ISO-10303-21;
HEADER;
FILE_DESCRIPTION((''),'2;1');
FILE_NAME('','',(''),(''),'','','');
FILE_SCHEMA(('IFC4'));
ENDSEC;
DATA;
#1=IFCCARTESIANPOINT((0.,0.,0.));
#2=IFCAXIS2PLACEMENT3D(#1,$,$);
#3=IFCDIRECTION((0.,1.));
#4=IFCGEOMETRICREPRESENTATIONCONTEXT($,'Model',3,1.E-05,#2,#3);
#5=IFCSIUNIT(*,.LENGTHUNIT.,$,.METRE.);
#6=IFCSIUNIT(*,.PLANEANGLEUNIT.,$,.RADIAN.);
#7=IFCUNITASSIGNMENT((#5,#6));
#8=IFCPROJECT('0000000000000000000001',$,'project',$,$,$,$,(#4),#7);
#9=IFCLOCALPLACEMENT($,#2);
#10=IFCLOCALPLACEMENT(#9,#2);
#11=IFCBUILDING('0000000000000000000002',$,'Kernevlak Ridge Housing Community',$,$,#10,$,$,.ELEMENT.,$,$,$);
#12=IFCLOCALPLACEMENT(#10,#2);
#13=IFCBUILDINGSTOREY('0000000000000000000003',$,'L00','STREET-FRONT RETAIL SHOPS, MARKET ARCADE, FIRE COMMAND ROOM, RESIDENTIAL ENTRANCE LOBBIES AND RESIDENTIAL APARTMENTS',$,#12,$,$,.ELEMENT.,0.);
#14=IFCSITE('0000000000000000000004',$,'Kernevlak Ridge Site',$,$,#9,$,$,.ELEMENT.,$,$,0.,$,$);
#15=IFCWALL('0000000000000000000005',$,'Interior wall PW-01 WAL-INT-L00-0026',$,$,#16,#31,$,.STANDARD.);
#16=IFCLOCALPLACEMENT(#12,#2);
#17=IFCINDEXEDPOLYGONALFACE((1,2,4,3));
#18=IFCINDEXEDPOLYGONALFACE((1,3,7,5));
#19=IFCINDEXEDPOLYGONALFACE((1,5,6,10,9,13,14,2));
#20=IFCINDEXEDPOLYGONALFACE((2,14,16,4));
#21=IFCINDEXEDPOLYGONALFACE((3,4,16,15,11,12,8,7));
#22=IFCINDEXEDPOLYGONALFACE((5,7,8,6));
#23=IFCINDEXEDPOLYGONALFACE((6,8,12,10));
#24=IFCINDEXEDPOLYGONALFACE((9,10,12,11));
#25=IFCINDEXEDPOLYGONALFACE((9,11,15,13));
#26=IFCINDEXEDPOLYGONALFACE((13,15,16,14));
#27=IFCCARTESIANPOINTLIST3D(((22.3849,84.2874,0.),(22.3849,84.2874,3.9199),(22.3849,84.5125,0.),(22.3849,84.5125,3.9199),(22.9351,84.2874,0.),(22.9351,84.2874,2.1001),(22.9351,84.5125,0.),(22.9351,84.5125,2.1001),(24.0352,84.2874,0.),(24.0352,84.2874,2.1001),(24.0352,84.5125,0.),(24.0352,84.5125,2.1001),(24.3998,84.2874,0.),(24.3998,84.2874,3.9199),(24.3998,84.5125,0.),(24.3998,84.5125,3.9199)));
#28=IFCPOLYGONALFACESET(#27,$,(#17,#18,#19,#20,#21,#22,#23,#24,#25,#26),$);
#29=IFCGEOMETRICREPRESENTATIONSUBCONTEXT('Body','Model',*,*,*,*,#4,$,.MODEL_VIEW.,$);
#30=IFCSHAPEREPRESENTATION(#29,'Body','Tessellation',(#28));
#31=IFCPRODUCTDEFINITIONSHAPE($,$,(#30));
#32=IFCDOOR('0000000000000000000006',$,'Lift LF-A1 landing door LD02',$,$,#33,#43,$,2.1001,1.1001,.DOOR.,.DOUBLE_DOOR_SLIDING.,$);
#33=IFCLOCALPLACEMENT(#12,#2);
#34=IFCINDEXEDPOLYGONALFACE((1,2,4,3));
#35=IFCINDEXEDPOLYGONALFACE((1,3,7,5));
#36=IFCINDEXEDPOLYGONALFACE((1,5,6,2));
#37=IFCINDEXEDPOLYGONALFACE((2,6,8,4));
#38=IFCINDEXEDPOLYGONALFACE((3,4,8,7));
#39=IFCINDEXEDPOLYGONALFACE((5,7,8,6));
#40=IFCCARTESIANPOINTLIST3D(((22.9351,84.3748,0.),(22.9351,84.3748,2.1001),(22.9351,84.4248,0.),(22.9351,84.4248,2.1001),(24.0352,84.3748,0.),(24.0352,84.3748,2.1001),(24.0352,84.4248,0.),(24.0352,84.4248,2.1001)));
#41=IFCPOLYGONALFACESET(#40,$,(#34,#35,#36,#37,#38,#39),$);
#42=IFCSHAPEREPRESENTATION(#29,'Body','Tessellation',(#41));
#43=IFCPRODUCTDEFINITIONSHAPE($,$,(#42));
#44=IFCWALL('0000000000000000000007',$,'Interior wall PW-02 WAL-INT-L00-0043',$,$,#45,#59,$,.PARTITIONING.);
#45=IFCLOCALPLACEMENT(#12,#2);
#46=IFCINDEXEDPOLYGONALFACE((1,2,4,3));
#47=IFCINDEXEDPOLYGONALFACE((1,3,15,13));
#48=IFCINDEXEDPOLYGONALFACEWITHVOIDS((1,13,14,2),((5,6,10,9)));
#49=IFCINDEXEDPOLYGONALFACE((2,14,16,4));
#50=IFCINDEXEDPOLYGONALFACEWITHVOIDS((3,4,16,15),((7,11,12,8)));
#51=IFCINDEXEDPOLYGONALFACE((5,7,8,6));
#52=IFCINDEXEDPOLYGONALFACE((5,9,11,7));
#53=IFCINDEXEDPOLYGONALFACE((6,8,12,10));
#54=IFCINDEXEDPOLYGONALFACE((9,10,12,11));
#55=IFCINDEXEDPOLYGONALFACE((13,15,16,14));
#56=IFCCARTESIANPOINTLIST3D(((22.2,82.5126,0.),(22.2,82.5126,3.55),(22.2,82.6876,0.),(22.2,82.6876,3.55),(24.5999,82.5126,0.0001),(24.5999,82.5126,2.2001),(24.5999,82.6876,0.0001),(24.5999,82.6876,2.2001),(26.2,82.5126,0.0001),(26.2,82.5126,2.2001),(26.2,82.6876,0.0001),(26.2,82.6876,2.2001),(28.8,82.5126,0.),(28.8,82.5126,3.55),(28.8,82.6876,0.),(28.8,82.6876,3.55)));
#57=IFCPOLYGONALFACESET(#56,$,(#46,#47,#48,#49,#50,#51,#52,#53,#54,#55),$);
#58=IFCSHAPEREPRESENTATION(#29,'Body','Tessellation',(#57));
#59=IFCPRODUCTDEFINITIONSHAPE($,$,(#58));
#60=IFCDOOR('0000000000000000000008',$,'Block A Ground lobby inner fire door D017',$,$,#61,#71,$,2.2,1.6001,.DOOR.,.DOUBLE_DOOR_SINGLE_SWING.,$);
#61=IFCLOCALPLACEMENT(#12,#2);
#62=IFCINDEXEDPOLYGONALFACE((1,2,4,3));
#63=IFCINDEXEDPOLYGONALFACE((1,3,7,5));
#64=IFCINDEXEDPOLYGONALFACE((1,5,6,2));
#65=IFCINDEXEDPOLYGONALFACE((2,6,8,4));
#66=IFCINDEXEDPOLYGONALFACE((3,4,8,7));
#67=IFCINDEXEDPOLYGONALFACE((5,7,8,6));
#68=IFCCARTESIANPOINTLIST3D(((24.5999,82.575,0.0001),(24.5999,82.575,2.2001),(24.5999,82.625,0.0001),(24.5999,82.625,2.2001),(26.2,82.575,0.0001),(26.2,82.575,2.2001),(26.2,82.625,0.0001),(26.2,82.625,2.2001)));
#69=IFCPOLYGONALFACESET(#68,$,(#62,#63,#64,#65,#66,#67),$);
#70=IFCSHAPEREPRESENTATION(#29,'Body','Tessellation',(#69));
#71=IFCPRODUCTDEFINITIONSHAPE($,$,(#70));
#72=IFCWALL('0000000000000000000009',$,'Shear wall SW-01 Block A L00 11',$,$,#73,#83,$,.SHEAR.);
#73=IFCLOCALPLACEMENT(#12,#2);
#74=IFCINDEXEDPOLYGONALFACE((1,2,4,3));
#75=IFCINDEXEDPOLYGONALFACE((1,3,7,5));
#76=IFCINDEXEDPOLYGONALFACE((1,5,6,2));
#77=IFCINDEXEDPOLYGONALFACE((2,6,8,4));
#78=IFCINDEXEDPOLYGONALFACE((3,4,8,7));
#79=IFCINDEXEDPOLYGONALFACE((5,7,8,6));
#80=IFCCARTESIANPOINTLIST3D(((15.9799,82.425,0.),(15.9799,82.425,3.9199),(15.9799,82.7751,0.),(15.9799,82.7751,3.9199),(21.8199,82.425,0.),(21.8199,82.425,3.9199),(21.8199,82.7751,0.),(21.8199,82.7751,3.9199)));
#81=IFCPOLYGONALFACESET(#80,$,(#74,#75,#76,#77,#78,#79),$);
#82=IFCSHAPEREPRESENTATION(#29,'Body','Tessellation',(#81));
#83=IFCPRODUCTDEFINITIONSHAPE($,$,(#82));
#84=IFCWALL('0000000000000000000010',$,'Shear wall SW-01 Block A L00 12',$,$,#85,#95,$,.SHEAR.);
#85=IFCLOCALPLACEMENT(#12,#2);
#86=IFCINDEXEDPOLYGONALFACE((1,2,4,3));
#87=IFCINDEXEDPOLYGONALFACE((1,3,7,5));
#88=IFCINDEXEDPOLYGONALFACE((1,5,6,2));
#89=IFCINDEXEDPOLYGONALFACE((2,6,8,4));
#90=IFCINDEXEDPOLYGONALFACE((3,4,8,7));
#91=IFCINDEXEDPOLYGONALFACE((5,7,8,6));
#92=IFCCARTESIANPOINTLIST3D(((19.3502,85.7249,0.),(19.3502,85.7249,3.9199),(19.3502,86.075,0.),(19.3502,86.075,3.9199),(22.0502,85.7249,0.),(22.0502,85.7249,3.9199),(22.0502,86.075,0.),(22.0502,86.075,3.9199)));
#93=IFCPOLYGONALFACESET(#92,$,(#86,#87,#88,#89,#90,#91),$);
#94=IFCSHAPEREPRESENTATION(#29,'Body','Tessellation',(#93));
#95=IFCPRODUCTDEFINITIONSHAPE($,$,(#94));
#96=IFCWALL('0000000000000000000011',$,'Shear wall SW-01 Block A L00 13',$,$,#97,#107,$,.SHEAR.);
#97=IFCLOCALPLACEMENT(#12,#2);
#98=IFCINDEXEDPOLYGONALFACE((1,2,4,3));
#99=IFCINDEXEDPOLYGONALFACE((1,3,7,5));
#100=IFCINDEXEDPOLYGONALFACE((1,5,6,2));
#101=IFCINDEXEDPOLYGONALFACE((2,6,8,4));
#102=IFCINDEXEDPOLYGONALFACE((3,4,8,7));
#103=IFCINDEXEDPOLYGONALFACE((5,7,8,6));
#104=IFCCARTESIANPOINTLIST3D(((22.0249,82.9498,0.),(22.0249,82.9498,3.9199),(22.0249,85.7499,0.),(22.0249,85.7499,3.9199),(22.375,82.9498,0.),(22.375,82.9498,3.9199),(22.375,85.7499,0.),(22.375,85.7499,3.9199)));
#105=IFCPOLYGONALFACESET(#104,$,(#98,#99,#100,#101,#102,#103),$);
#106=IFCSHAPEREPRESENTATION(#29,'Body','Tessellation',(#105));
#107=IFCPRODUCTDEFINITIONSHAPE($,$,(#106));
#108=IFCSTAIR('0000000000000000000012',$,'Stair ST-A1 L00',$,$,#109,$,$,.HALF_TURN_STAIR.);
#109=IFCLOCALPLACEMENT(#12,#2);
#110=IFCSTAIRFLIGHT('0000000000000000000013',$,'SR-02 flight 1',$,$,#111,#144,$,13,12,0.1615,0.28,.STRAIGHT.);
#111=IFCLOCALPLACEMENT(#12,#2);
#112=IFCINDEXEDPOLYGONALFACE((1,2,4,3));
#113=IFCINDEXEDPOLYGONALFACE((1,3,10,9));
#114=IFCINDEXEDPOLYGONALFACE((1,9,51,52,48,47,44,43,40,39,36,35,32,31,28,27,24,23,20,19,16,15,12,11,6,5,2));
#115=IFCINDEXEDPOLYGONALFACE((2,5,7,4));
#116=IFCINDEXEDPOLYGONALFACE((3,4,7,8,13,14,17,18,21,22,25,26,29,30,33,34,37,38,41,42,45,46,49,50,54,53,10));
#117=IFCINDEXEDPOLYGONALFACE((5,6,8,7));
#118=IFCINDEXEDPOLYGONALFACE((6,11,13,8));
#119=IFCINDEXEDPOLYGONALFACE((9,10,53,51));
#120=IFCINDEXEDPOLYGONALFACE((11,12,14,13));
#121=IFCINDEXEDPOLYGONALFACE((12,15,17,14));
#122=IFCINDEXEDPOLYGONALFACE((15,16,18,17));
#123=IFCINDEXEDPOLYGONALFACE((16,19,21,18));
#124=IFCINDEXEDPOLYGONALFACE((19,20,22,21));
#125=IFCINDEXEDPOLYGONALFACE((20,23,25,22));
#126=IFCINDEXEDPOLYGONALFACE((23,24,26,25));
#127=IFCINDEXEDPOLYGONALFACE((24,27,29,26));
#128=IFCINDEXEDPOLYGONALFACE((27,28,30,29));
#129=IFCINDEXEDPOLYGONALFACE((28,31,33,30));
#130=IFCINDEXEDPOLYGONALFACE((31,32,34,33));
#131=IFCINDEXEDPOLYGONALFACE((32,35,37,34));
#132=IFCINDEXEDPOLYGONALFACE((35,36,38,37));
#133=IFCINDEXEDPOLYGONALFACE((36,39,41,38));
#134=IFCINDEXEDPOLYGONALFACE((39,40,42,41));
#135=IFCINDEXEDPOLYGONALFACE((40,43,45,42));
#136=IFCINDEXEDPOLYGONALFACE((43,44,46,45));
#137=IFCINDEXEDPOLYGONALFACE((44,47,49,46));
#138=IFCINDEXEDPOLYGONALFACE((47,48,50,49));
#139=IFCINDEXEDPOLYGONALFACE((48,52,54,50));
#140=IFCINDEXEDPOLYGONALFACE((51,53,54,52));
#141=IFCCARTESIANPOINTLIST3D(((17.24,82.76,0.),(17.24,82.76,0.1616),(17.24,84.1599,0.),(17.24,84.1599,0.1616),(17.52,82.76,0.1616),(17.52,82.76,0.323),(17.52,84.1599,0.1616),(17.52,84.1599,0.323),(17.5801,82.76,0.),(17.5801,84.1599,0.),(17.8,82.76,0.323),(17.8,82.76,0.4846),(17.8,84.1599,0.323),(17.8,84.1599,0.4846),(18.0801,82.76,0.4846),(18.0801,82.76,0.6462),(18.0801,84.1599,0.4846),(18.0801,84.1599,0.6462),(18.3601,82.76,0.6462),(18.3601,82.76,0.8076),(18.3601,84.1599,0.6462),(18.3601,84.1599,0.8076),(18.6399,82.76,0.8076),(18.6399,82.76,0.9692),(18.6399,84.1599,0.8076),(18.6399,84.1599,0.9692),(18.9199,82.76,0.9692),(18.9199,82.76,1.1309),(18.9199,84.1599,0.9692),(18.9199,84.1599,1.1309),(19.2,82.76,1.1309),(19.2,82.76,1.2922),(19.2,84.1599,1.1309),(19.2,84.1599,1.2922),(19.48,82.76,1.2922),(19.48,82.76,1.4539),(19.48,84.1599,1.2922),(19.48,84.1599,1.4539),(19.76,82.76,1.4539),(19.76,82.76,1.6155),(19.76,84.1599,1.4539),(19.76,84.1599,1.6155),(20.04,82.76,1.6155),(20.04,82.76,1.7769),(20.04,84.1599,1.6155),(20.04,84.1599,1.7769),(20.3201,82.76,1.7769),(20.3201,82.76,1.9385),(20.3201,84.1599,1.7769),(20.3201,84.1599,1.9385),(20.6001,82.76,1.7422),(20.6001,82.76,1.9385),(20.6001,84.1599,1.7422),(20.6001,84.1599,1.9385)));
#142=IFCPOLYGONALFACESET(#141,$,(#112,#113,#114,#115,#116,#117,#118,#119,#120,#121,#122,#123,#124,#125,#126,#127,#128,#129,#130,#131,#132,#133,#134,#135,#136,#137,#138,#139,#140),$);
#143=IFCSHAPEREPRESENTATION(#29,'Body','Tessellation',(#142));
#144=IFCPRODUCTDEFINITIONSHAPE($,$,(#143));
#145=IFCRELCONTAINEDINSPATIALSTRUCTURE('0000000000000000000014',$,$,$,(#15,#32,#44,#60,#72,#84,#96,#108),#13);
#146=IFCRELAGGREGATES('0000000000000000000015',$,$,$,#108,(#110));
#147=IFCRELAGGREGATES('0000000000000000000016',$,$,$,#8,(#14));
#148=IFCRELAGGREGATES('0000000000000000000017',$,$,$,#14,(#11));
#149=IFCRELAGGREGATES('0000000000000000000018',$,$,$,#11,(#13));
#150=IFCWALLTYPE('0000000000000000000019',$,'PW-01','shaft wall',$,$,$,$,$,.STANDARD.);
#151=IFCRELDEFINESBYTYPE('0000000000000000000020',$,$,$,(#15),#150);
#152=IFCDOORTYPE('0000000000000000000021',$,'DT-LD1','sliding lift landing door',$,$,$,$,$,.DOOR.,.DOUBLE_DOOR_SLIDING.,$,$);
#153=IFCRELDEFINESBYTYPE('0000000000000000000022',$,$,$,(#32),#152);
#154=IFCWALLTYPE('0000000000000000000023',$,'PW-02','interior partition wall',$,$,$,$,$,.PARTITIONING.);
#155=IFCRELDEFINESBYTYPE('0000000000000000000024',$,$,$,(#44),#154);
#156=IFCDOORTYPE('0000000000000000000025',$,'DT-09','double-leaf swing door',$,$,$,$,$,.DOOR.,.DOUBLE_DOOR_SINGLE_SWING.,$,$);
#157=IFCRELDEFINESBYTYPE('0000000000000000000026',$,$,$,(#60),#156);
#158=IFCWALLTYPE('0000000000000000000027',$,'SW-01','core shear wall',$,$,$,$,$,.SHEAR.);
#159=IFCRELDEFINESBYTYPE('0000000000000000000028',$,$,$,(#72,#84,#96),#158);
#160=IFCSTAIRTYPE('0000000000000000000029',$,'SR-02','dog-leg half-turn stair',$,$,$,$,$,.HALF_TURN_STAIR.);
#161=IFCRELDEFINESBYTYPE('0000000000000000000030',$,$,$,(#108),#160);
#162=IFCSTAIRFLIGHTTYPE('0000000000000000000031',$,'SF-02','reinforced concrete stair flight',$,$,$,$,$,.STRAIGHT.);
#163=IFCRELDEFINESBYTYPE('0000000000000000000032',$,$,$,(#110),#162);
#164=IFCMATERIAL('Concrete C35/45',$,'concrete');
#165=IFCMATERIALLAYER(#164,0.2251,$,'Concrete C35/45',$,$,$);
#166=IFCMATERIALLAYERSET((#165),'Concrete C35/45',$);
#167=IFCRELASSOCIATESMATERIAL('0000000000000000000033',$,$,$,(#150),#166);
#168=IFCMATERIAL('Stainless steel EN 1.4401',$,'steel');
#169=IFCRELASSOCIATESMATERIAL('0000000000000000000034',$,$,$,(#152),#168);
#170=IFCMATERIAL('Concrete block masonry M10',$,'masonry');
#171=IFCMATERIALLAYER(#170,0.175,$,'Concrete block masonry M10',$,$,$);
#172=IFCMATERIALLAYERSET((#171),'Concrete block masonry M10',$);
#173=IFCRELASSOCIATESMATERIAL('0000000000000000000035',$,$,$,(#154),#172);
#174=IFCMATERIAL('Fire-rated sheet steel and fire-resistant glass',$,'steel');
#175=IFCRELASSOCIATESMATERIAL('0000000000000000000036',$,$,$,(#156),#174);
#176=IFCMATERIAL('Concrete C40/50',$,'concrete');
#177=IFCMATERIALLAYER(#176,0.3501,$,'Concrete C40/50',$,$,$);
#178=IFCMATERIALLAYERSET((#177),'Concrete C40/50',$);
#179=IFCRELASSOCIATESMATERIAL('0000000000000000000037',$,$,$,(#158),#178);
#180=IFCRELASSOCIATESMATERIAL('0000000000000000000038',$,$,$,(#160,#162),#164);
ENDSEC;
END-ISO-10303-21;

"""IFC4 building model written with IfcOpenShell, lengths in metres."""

from ifc_helpers import new_model, si_unit, direction, frame, frame_2d, origin, place, context, subcontext, project, spatial, polyline, rectangle, outline, extrude, material, layer, layer_set, type_object, element, fill, aggregate, save


model = new_model("IFC4")

# Units and contexts
model_context = context("Model", 3, precision=1e-05, world=origin(), true_north=direction((0.0, 1.0)))
body_context = subcontext(model_context, "Body", "Model", "MODEL_VIEW")
ifc_project = project(units=[si_unit("LENGTHUNIT", "METRE"), si_unit("PLANEANGLEUNIT", "RADIAN")], contexts=[model_context])

# Site, building, storey
site_placement = place(None, origin())
site = spatial("IfcSite", under=ifc_project, at=site_placement, Name="Kernevlak Ridge Site", CompositionType="ELEMENT", RefElevation=0.0)
building_placement = place(site_placement, origin())
building = spatial("IfcBuilding", under=site, at=building_placement, Name="Kernevlak Ridge Housing Community", CompositionType="ELEMENT")
storey_placement = place(building_placement, origin())
storey = spatial("IfcBuildingStorey", under=building, at=storey_placement, Name="L00", Description="STREET-FRONT RETAIL SHOPS, MARKET ARCADE, FIRE COMMAND ROOM, RESIDENTIAL ENTRANCE LOBBIES AND RESIDENTIAL APARTMENTS", CompositionType="ELEMENT", Elevation=0.0)

# Shared definitions
ifc_material_1 = material(Name="Concrete C40/50", Category="concrete")
ifc_material_2 = material(Name="Concrete C35/45", Category="concrete")

# Shared definitions
ifc_material_3 = material(Name="Concrete block masonry M10", Category="masonry")

# Walls, openings, doors
ifc_layer_1 = layer(ifc_material_2, 0.2251, Name="Concrete C35/45")
ifc_layer_set_1 = layer_set([ifc_layer_1], Name="Concrete C35/45")
wall_type_1 = type_object("IfcWallType", Name="PW-01", Description="shaft wall", PredefinedType="STANDARD", material=ifc_layer_set_1)
wall_1_placement = place(storey_placement, frame((22.385, 84.3999, 0.0), z_axis=(0.0, 0.0, 1.0), x_axis=(1.0, 0.0, 0.0)))
wall_1 = element("IfcWall", 1, at=wall_1_placement, inside=storey, type_object=wall_type_1, Name="Interior wall PW-01 WAL-INT-L00-0026", PredefinedType="STANDARD", context=body_context, shape_type="SweptSolid", body=[
    extrude(rectangle(XDim=2.0149, YDim=0.2251, at=frame_2d((1.0073, 0.0))), origin(), (0.0, 0.0, 1.0), 3.9199),
])
opening_1_placement = place(wall_1_placement, frame((0.55, 0.0, 0.0)))
opening_1 = element("IfcOpeningElement", 2, at=opening_1_placement, cuts=wall_1, PredefinedType="OPENING", context=body_context, shape_type="SweptSolid", body=[
    extrude(rectangle(XDim=1.1001, YDim=2.1001, at=frame_2d((0.55, 1.05))), frame((0.0, 0.1226, 0.0), z_axis=(0.0, -1.0, 0.0), x_axis=(1.0, 0.0, 0.0)), (0.0, 0.0, 1.0), 0.2451),
])
ifc_material_4 = material(Name="Stainless steel EN 1.4401", Category="steel")
door_type_1 = type_object("IfcDoorType", Name="DT-LD1", Description="sliding lift landing door", OperationType="DOUBLE_DOOR_SLIDING", PredefinedType="DOOR", material=ifc_material_4)
door_1_placement = place(opening_1_placement, origin())
door_1 = element("IfcDoor", 3, at=door_1_placement, inside=storey, type_object=door_type_1, Name="Lift LF-A1 landing door LD02", OperationType="DOUBLE_DOOR_SLIDING", OverallHeight=2.1001, OverallWidth=1.1001, PredefinedType="DOOR", context=body_context, shape_type="SweptSolid", body=[
    extrude(rectangle(XDim=1.1001, YDim=2.1001, at=frame_2d((0.55, 1.05))), frame((0.0, 0.0249, 0.0), z_axis=(0.0, -1.0, 0.0), x_axis=(1.0, 0.0, 0.0)), (0.0, 0.0, 1.0), 0.05),
])
fill(opening_1, door_1)
ifc_layer_2 = layer(ifc_material_3, 0.175, Name="Concrete block masonry M10")
ifc_layer_set_2 = layer_set([ifc_layer_2], Name="Concrete block masonry M10")
wall_type_2 = type_object("IfcWallType", Name="PW-02", Description="interior partition wall", PredefinedType="PARTITIONING", material=ifc_layer_set_2)
wall_2_placement = place(storey_placement, frame((22.2, 82.6001, 0.0), z_axis=(0.0, 0.0, 1.0), x_axis=(1.0, 0.0, 0.0)))
wall_2 = element("IfcWall", 4, at=wall_2_placement, inside=storey, type_object=wall_type_2, Name="Interior wall PW-02 WAL-INT-L00-0043", PredefinedType="PARTITIONING", context=body_context, shape_type="SweptSolid", body=[
    extrude(rectangle(XDim=6.6001, YDim=0.175, at=frame_2d((3.3, 0.0))), origin(), (0.0, 0.0, 1.0), 3.55),
])
opening_2_placement = place(wall_2_placement, frame((2.3999, 0.0, 0.0)))
opening_2 = element("IfcOpeningElement", 5, at=opening_2_placement, cuts=wall_2, PredefinedType="OPENING", context=body_context, shape_type="SweptSolid", body=[
    extrude(rectangle(XDim=1.6001, YDim=2.2, at=frame_2d((0.8, 1.1001))), frame((0.0, 0.0974, 0.0), z_axis=(0.0, -1.0, 0.0), x_axis=(1.0, 0.0, 0.0)), (0.0, 0.0, 1.0), 0.1951),
])
ifc_material_5 = material(Name="Fire-rated sheet steel and fire-resistant glass", Category="steel")
door_type_2 = type_object("IfcDoorType", Name="DT-09", Description="double-leaf swing door", OperationType="DOUBLE_DOOR_SINGLE_SWING", PredefinedType="DOOR", material=ifc_material_5)
door_2_placement = place(opening_2_placement, origin())
door_2 = element("IfcDoor", 6, at=door_2_placement, inside=storey, type_object=door_type_2, Name="Block A Ground lobby inner fire door D017", OperationType="DOUBLE_DOOR_SINGLE_SWING", OverallHeight=2.2, OverallWidth=1.6001, PredefinedType="DOOR", context=body_context, shape_type="SweptSolid", body=[
    extrude(rectangle(XDim=1.6001, YDim=2.2, at=frame_2d((0.8, 1.1001))), frame((0.0, 0.0249, 0.0), z_axis=(0.0, -1.0, 0.0), x_axis=(1.0, 0.0, 0.0)), (0.0, 0.0, 1.0), 0.05),
])
fill(opening_2, door_2)

# Walls
ifc_layer_3 = layer(ifc_material_1, 0.3501, Name="Concrete C40/50")
ifc_layer_set_3 = layer_set([ifc_layer_3], Name="Concrete C40/50")
wall_type_3 = type_object("IfcWallType", Name="SW-01", Description="core shear wall", PredefinedType="SHEAR", material=ifc_layer_set_3)
wall_3_placement = place(storey_placement, frame((15.98, 82.6001, 0.0), z_axis=(0.0, 0.0, 1.0), x_axis=(1.0, 0.0, 0.0)))
element("IfcWall", 7, at=wall_3_placement, inside=storey, type_object=wall_type_3, Name="Shear wall SW-01 Block A L00 11", PredefinedType="SHEAR", context=body_context, shape_type="SweptSolid", body=[
    extrude(rectangle(XDim=5.8401, YDim=0.3501, at=frame_2d((2.9199, 0.0))), origin(), (0.0, 0.0, 1.0), 3.9199),
])
wall_4_placement = place(storey_placement, frame((19.3501, 85.8999, 0.0), z_axis=(0.0, 0.0, 1.0), x_axis=(1.0, 0.0, 0.0)))
element("IfcWall", 8, at=wall_4_placement, inside=storey, type_object=wall_type_3, Name="Shear wall SW-01 Block A L00 12", PredefinedType="SHEAR", context=body_context, shape_type="SweptSolid", body=[
    extrude(rectangle(XDim=2.7, YDim=0.3501, at=frame_2d((1.3501, 0.0))), origin(), (0.0, 0.0, 1.0), 3.9199),
])
wall_5_placement = place(storey_placement, frame((22.2, 82.95, 0.0), z_axis=(0.0, 0.0, 1.0), x_axis=(0.0, 1.0, 0.0)))
element("IfcWall", 9, at=wall_5_placement, inside=storey, type_object=wall_type_3, Name="Shear wall SW-01 Block A L00 13", PredefinedType="SHEAR", context=body_context, shape_type="SweptSolid", body=[
    extrude(rectangle(XDim=2.8, YDim=0.3501, at=frame_2d((1.3999, 0.0))), origin(), (0.0, 0.0, 1.0), 3.9199),
])

# Stair, stair flight
stair_type = type_object("IfcStairType", Name="SR-02", Description="dog-leg half-turn stair", PredefinedType="HALF_TURN_STAIR", material=ifc_material_2)
stair_placement = place(storey_placement, origin())
stair = element("IfcStair", 10, at=stair_placement, inside=storey, type_object=stair_type, Name="Stair ST-A1 L00", PredefinedType="HALF_TURN_STAIR")
stair_flight_type = type_object("IfcStairFlightType", Name="SF-02", Description="reinforced concrete stair flight", PredefinedType="STRAIGHT", material=ifc_material_2)
stair_flight_1_placement = place(storey_placement, frame((17.24, 83.46, 0.0), z_axis=(0.0, 0.0, 1.0), x_axis=(1.0, 0.0, 0.0)))
stair_flight_1 = element("IfcStairFlight", 11, at=stair_flight_1_placement, type_object=stair_flight_type, Name="SR-02 flight 1", NumberOfRisers=13, NumberOfTreads=12, PredefinedType="STRAIGHT", RiserHeight=0.1615, TreadLength=0.28, context=body_context, shape_type="SweptSolid", body=[
    extrude(outline(polyline([(0.0, 0.0), (0.0, 0.1616), (0.28, 0.1616), (0.28, 0.323), (0.5601, 0.323), (0.5601, 0.4846), (0.8401, 0.4846), (0.8401, 0.6462), (1.1201, 0.6462), (1.1201, 0.8076), (1.3999, 0.8076), (1.3999, 0.9692), (1.6799, 0.9692), (1.6799, 1.1309), (1.96, 1.1309), (1.96, 1.2922), (2.24, 1.2922), (2.24, 1.4539), (2.52, 1.4539), (2.52, 1.6155), (2.8, 1.6155), (2.8, 1.7769), (3.0801, 1.7769), (3.0801, 1.9385), (3.3601, 1.9385), (3.3601, 2.1001), (3.3601, 1.7422), (0.3401, 0.0), (0.0, 0.0)])), frame((0.0, 0.7, 0.0), z_axis=(0.0, -1.0, 0.0), x_axis=(1.0, 0.0, 0.0)), (0.0, 0.0, 1.0), 1.3999),
])
aggregate(stair, [stair_flight_1])

save(model, "model.ifc")
